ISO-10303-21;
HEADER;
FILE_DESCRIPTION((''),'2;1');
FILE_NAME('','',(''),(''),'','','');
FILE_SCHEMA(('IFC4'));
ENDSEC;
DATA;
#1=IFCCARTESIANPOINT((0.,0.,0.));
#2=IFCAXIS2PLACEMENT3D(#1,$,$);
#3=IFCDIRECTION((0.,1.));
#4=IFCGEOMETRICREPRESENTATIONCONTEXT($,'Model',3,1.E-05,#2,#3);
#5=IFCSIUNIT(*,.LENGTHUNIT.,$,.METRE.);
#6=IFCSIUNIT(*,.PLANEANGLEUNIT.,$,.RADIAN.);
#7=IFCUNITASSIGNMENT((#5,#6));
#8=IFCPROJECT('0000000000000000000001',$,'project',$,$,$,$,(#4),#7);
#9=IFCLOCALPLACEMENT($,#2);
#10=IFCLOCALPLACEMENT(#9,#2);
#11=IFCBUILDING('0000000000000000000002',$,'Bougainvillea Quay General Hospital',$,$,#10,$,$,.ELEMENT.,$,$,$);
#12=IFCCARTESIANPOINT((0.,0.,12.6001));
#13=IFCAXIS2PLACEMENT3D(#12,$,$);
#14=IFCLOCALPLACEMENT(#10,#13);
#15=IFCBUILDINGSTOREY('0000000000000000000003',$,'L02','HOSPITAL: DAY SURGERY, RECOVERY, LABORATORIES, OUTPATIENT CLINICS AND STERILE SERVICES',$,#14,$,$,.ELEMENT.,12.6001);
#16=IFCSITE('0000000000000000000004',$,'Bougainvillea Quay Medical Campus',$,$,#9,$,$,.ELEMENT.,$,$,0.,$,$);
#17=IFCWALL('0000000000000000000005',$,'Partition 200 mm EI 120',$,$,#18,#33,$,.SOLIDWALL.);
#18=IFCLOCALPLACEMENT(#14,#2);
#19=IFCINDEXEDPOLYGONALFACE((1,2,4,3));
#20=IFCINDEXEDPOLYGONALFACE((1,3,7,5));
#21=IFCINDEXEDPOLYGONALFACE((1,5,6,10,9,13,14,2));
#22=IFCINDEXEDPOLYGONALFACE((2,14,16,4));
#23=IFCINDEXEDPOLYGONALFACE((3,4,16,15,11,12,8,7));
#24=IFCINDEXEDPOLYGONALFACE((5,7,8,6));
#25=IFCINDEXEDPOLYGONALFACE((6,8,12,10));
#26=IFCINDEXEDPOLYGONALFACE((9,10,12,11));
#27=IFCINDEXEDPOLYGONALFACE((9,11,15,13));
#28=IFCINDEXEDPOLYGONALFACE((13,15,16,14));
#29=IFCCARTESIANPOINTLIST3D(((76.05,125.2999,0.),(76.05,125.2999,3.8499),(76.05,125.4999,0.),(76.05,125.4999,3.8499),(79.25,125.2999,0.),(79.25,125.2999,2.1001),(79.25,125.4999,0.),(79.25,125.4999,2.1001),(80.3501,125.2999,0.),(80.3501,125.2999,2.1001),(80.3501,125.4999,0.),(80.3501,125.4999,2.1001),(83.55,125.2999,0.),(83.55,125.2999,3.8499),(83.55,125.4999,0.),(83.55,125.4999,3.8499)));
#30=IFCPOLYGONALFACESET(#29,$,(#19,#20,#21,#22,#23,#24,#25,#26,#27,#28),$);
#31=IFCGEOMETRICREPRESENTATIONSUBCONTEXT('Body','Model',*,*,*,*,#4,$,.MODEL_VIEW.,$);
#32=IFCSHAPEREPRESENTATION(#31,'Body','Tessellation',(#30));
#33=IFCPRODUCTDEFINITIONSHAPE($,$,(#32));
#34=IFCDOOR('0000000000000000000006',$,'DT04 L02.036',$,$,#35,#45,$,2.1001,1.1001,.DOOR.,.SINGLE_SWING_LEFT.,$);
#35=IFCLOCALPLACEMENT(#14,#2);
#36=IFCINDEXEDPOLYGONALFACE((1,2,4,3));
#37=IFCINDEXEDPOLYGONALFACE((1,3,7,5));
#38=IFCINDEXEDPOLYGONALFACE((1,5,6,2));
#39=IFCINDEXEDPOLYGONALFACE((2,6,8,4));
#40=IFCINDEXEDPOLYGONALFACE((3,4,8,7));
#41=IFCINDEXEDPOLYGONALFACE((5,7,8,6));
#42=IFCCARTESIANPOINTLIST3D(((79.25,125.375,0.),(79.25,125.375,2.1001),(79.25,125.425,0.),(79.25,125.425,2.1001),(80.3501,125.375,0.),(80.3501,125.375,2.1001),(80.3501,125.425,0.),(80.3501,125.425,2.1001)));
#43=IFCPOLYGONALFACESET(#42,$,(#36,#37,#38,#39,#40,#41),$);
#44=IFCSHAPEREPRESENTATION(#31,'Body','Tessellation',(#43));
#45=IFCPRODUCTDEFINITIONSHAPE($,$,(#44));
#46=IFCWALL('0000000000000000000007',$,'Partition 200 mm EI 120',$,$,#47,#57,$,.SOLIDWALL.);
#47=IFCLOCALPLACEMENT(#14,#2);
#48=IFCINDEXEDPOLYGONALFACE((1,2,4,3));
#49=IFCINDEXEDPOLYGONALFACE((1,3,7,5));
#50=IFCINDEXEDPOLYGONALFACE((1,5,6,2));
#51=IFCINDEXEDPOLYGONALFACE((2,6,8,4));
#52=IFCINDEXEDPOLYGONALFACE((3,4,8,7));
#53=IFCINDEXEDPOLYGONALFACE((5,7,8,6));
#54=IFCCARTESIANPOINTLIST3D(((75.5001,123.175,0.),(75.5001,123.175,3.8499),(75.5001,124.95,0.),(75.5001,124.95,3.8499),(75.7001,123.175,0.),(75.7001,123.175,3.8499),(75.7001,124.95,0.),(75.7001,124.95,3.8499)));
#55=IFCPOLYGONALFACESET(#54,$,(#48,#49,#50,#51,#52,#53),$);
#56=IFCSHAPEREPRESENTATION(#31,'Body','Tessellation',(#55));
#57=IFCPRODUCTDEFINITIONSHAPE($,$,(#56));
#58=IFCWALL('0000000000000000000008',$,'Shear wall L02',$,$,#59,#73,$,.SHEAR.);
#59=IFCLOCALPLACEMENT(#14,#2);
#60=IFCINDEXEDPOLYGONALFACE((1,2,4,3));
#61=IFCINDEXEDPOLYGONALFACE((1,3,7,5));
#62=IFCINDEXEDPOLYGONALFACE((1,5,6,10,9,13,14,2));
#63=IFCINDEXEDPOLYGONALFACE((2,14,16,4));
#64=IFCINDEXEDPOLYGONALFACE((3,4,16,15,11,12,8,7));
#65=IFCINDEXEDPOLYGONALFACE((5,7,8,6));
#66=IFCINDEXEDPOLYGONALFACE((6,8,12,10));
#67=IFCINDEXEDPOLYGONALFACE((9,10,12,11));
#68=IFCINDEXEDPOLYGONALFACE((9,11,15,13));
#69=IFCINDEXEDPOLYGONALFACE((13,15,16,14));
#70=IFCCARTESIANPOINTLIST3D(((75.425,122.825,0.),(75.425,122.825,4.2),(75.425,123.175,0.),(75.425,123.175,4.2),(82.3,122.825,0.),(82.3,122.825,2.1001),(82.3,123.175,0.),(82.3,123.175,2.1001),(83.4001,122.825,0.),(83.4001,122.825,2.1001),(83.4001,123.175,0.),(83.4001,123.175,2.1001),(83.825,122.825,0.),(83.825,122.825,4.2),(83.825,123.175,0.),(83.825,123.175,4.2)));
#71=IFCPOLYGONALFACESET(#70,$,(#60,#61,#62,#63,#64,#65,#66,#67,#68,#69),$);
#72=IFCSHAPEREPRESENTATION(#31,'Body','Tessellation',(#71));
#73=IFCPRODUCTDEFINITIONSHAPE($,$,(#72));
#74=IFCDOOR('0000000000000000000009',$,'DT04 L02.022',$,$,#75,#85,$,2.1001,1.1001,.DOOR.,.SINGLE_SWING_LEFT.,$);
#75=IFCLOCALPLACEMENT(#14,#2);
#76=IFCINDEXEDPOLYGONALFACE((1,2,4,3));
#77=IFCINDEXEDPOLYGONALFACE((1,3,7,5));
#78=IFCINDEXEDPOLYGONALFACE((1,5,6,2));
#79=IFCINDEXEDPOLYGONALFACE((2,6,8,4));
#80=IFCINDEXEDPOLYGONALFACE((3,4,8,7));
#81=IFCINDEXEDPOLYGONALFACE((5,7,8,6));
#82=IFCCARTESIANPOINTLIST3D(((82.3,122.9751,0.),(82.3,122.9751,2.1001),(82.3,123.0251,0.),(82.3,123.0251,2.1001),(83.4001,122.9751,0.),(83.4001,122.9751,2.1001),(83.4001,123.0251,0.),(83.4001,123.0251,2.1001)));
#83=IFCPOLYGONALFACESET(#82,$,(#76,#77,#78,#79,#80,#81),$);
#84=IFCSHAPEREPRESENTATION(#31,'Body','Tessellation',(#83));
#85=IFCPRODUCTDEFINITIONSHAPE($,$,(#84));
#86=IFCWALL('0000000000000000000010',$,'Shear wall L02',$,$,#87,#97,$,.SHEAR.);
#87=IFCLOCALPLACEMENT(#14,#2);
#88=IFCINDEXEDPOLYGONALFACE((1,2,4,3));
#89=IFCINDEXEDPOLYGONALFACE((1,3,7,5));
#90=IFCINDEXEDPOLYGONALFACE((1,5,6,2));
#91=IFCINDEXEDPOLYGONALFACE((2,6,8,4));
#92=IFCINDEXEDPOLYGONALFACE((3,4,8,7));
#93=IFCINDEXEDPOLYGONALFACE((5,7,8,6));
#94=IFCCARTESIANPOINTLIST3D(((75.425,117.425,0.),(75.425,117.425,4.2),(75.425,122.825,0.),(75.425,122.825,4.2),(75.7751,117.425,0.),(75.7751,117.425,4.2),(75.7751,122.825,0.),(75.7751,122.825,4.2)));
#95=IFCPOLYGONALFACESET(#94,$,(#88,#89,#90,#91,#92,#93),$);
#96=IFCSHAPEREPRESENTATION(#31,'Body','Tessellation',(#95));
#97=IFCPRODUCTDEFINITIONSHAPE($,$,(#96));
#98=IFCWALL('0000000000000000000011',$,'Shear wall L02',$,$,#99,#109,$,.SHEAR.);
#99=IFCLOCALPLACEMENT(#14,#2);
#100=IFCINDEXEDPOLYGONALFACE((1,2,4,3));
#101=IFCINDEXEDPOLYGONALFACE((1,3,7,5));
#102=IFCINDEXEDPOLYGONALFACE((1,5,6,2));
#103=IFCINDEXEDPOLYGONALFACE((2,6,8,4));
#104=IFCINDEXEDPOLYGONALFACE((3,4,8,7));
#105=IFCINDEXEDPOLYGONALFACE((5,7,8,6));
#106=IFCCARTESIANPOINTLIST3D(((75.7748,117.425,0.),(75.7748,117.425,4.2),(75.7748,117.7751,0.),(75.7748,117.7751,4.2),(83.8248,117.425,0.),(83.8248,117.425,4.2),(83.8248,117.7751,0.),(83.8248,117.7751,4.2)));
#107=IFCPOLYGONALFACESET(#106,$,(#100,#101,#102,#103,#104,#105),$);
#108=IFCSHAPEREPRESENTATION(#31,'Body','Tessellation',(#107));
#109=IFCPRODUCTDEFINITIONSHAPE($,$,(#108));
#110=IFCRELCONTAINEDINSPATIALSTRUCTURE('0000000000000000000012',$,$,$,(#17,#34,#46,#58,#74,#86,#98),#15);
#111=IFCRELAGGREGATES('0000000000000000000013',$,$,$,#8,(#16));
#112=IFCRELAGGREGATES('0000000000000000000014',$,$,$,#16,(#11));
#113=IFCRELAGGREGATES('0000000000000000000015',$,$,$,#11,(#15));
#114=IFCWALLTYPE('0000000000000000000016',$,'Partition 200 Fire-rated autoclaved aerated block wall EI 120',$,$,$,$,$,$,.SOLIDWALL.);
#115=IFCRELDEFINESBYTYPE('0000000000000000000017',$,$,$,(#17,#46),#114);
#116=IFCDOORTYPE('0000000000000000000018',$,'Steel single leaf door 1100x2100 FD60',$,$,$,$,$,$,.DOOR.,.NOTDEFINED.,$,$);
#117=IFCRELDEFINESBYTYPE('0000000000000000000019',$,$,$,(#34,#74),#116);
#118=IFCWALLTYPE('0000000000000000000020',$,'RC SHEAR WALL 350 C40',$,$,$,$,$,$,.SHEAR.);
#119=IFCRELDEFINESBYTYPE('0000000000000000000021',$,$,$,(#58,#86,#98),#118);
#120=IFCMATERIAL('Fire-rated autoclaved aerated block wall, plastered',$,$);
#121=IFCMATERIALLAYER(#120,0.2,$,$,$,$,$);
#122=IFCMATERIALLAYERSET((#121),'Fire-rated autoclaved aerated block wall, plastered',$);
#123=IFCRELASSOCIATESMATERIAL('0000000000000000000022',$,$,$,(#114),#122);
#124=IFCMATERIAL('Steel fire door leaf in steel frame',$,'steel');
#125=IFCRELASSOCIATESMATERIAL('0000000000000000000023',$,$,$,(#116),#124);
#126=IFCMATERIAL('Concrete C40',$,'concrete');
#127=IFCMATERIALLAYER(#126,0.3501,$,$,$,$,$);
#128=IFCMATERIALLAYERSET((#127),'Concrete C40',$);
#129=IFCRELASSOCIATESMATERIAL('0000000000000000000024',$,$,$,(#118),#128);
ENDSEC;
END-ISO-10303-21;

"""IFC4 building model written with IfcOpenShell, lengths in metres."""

from ifc_helpers import new_model, si_unit, direction, frame, frame_2d, origin, place, context, subcontext, project, spatial, rectangle, extrude, material, layer, layer_set, type_object, element, fill, save


model = new_model("IFC4")

# Units and contexts
model_context = context("Model", 3, precision=1e-05, world=origin(), true_north=direction((0.0, 1.0)))
body_context = subcontext(model_context, "Body", "Model", "MODEL_VIEW")
ifc_project = project(units=[si_unit("LENGTHUNIT", "METRE"), si_unit("PLANEANGLEUNIT", "RADIAN")], contexts=[model_context])

# Site, building, storey
site_placement = place(None, origin())
site = spatial("IfcSite", under=ifc_project, at=site_placement, Name="Bougainvillea Quay Medical Campus", CompositionType="ELEMENT", RefElevation=0.0)
building_placement = place(site_placement, origin())
building = spatial("IfcBuilding", under=site, at=building_placement, Name="Bougainvillea Quay General Hospital", CompositionType="ELEMENT")
storey_placement = place(building_placement, frame((0.0, 0.0, 12.6001)))
storey = spatial("IfcBuildingStorey", under=building, at=storey_placement, Name="L02", Description="HOSPITAL: DAY SURGERY, RECOVERY, LABORATORIES, OUTPATIENT CLINICS AND STERILE SERVICES", CompositionType="ELEMENT", Elevation=12.6001)

# Shared definitions
ifc_material_1 = material(Name="Concrete C40", Category="concrete")

# Wall, opening, door
ifc_material_2 = material(Name="Fire-rated autoclaved aerated block wall, plastered")
ifc_layer_1 = layer(ifc_material_2, 0.2)
ifc_layer_set_1 = layer_set([ifc_layer_1], Name="Fire-rated autoclaved aerated block wall, plastered")
wall_type_1 = type_object("IfcWallType", Name="Partition 200 Fire-rated autoclaved aerated block wall EI 120", PredefinedType="SOLIDWALL", material=ifc_layer_set_1)
wall_1_placement = place(storey_placement, frame((76.05, 125.3999, 0.0), z_axis=(0.0, 0.0, 1.0), x_axis=(1.0, 0.0, 0.0)))
wall_1 = element("IfcWall", 1, at=wall_1_placement, inside=storey, type_object=wall_type_1, Name="Partition 200 mm EI 120", PredefinedType="SOLIDWALL", context=body_context, shape_type="SweptSolid", body=[
    extrude(rectangle(XDim=7.5, YDim=0.2, at=frame_2d((3.75, 0.0))), origin(), (0.0, 0.0, 1.0), 3.8499),
])
opening_1_placement = place(wall_1_placement, frame((3.2, 0.0, 0.0)))
opening_1 = element("IfcOpeningElement", 2, at=opening_1_placement, cuts=wall_1, PredefinedType="OPENING", context=body_context, shape_type="SweptSolid", body=[
    extrude(rectangle(XDim=1.1001, YDim=2.1001, at=frame_2d((0.55, 1.05))), frame((0.0, 0.1099, 0.0), z_axis=(0.0, -1.0, 0.0), x_axis=(1.0, 0.0, 0.0)), (0.0, 0.0, 1.0), 0.22),
])
ifc_material_3 = material(Name="Steel fire door leaf in steel frame", Category="steel")
door_type_1 = type_object("IfcDoorType", Name="Steel single leaf door 1100x2100 FD60", OperationType="NOTDEFINED", PredefinedType="DOOR", material=ifc_material_3)
door_1_placement = place(opening_1_placement, frame((1.1001, 0.0, 0.0), z_axis=(0.0, 0.0, 1.0), x_axis=(-1.0, 0.0, 0.0)))
door_1 = element("IfcDoor", 3, at=door_1_placement, inside=storey, type_object=door_type_1, Name="DT04 L02.036", OperationType="SINGLE_SWING_LEFT", OverallHeight=2.1001, OverallWidth=1.1001, PredefinedType="DOOR", context=body_context, shape_type="SweptSolid", body=[
    extrude(rectangle(XDim=1.1001, YDim=2.1001, at=frame_2d((0.55, 1.05))), frame((0.0, 0.0249, 0.0), z_axis=(0.0, -1.0, 0.0), x_axis=(1.0, 0.0, 0.0)), (0.0, 0.0, 1.0), 0.05),
])
fill(opening_1, door_1)

# Wall
wall_2_placement = place(storey_placement, frame((75.6001, 123.175, 0.0), z_axis=(0.0, 0.0, 1.0), x_axis=(0.0, 1.0, 0.0)))
element("IfcWall", 4, at=wall_2_placement, inside=storey, type_object=wall_type_1, Name="Partition 200 mm EI 120", PredefinedType="SOLIDWALL", context=body_context, shape_type="SweptSolid", body=[
    extrude(rectangle(XDim=1.7749, YDim=0.2, at=frame_2d((0.8875, 0.0))), origin(), (0.0, 0.0, 1.0), 3.8499),
])

# Wall, opening, door
ifc_layer_2 = layer(ifc_material_1, 0.3501)
ifc_layer_set_2 = layer_set([ifc_layer_2], Name="Concrete C40")
wall_type_2 = type_object("IfcWallType", Name="RC SHEAR WALL 350 C40", PredefinedType="SHEAR", material=ifc_layer_set_2)
wall_3_placement = place(storey_placement, frame((75.425, 123.0, 0.0), z_axis=(0.0, 0.0, 1.0), x_axis=(1.0, 0.0, 0.0)))
wall_3 = element("IfcWall", 5, at=wall_3_placement, inside=storey, type_object=wall_type_2, Name="Shear wall L02", PredefinedType="SHEAR", context=body_context, shape_type="SweptSolid", body=[
    extrude(rectangle(XDim=8.3999, YDim=0.3501, at=frame_2d((4.2, 0.0))), origin(), (0.0, 0.0, 1.0), 4.2),
])
opening_2_placement = place(wall_3_placement, frame((6.875, 0.0, 0.0)))
opening_2 = element("IfcOpeningElement", 6, at=opening_2_placement, cuts=wall_3, PredefinedType="OPENING", context=body_context, shape_type="SweptSolid", body=[
    extrude(rectangle(XDim=1.1001, YDim=2.1001, at=frame_2d((0.55, 1.05))), frame((0.0, 0.1851, 0.0), z_axis=(0.0, -1.0, 0.0), x_axis=(1.0, 0.0, 0.0)), (0.0, 0.0, 1.0), 0.3701),
])
door_2_placement = place(opening_2_placement, frame((1.1001, 0.0, 0.0), z_axis=(0.0, 0.0, 1.0), x_axis=(-1.0, 0.0, 0.0)))
door_2 = element("IfcDoor", 7, at=door_2_placement, inside=storey, type_object=door_type_1, Name="DT04 L02.022", OperationType="SINGLE_SWING_LEFT", OverallHeight=2.1001, OverallWidth=1.1001, PredefinedType="DOOR", context=body_context, shape_type="SweptSolid", body=[
    extrude(rectangle(XDim=1.1001, YDim=2.1001, at=frame_2d((0.55, 1.05))), frame((0.0, 0.0249, 0.0), z_axis=(0.0, -1.0, 0.0), x_axis=(1.0, 0.0, 0.0)), (0.0, 0.0, 1.0), 0.05),
])
fill(opening_2, door_2)

# Walls
wall_4_placement = place(storey_placement, frame((75.6001, 117.425, 0.0), z_axis=(0.0, 0.0, 1.0), x_axis=(0.0, 1.0, 0.0)))
element("IfcWall", 8, at=wall_4_placement, inside=storey, type_object=wall_type_2, Name="Shear wall L02", PredefinedType="SHEAR", context=body_context, shape_type="SweptSolid", body=[
    extrude(rectangle(XDim=5.3999, YDim=0.3501, at=frame_2d((2.7, 0.0))), origin(), (0.0, 0.0, 1.0), 4.2),
])
wall_5_placement = place(storey_placement, frame((75.7749, 117.6001, 0.0), z_axis=(0.0, 0.0, 1.0), x_axis=(1.0, 0.0, 0.0)))
element("IfcWall", 9, at=wall_5_placement, inside=storey, type_object=wall_type_2, Name="Shear wall L02", PredefinedType="SHEAR", context=body_context, shape_type="SweptSolid", body=[
    extrude(rectangle(XDim=8.05, YDim=0.3501, at=frame_2d((4.0249, 0.0))), origin(), (0.0, 0.0, 1.0), 4.2),
])

save(model, "model.ifc")
